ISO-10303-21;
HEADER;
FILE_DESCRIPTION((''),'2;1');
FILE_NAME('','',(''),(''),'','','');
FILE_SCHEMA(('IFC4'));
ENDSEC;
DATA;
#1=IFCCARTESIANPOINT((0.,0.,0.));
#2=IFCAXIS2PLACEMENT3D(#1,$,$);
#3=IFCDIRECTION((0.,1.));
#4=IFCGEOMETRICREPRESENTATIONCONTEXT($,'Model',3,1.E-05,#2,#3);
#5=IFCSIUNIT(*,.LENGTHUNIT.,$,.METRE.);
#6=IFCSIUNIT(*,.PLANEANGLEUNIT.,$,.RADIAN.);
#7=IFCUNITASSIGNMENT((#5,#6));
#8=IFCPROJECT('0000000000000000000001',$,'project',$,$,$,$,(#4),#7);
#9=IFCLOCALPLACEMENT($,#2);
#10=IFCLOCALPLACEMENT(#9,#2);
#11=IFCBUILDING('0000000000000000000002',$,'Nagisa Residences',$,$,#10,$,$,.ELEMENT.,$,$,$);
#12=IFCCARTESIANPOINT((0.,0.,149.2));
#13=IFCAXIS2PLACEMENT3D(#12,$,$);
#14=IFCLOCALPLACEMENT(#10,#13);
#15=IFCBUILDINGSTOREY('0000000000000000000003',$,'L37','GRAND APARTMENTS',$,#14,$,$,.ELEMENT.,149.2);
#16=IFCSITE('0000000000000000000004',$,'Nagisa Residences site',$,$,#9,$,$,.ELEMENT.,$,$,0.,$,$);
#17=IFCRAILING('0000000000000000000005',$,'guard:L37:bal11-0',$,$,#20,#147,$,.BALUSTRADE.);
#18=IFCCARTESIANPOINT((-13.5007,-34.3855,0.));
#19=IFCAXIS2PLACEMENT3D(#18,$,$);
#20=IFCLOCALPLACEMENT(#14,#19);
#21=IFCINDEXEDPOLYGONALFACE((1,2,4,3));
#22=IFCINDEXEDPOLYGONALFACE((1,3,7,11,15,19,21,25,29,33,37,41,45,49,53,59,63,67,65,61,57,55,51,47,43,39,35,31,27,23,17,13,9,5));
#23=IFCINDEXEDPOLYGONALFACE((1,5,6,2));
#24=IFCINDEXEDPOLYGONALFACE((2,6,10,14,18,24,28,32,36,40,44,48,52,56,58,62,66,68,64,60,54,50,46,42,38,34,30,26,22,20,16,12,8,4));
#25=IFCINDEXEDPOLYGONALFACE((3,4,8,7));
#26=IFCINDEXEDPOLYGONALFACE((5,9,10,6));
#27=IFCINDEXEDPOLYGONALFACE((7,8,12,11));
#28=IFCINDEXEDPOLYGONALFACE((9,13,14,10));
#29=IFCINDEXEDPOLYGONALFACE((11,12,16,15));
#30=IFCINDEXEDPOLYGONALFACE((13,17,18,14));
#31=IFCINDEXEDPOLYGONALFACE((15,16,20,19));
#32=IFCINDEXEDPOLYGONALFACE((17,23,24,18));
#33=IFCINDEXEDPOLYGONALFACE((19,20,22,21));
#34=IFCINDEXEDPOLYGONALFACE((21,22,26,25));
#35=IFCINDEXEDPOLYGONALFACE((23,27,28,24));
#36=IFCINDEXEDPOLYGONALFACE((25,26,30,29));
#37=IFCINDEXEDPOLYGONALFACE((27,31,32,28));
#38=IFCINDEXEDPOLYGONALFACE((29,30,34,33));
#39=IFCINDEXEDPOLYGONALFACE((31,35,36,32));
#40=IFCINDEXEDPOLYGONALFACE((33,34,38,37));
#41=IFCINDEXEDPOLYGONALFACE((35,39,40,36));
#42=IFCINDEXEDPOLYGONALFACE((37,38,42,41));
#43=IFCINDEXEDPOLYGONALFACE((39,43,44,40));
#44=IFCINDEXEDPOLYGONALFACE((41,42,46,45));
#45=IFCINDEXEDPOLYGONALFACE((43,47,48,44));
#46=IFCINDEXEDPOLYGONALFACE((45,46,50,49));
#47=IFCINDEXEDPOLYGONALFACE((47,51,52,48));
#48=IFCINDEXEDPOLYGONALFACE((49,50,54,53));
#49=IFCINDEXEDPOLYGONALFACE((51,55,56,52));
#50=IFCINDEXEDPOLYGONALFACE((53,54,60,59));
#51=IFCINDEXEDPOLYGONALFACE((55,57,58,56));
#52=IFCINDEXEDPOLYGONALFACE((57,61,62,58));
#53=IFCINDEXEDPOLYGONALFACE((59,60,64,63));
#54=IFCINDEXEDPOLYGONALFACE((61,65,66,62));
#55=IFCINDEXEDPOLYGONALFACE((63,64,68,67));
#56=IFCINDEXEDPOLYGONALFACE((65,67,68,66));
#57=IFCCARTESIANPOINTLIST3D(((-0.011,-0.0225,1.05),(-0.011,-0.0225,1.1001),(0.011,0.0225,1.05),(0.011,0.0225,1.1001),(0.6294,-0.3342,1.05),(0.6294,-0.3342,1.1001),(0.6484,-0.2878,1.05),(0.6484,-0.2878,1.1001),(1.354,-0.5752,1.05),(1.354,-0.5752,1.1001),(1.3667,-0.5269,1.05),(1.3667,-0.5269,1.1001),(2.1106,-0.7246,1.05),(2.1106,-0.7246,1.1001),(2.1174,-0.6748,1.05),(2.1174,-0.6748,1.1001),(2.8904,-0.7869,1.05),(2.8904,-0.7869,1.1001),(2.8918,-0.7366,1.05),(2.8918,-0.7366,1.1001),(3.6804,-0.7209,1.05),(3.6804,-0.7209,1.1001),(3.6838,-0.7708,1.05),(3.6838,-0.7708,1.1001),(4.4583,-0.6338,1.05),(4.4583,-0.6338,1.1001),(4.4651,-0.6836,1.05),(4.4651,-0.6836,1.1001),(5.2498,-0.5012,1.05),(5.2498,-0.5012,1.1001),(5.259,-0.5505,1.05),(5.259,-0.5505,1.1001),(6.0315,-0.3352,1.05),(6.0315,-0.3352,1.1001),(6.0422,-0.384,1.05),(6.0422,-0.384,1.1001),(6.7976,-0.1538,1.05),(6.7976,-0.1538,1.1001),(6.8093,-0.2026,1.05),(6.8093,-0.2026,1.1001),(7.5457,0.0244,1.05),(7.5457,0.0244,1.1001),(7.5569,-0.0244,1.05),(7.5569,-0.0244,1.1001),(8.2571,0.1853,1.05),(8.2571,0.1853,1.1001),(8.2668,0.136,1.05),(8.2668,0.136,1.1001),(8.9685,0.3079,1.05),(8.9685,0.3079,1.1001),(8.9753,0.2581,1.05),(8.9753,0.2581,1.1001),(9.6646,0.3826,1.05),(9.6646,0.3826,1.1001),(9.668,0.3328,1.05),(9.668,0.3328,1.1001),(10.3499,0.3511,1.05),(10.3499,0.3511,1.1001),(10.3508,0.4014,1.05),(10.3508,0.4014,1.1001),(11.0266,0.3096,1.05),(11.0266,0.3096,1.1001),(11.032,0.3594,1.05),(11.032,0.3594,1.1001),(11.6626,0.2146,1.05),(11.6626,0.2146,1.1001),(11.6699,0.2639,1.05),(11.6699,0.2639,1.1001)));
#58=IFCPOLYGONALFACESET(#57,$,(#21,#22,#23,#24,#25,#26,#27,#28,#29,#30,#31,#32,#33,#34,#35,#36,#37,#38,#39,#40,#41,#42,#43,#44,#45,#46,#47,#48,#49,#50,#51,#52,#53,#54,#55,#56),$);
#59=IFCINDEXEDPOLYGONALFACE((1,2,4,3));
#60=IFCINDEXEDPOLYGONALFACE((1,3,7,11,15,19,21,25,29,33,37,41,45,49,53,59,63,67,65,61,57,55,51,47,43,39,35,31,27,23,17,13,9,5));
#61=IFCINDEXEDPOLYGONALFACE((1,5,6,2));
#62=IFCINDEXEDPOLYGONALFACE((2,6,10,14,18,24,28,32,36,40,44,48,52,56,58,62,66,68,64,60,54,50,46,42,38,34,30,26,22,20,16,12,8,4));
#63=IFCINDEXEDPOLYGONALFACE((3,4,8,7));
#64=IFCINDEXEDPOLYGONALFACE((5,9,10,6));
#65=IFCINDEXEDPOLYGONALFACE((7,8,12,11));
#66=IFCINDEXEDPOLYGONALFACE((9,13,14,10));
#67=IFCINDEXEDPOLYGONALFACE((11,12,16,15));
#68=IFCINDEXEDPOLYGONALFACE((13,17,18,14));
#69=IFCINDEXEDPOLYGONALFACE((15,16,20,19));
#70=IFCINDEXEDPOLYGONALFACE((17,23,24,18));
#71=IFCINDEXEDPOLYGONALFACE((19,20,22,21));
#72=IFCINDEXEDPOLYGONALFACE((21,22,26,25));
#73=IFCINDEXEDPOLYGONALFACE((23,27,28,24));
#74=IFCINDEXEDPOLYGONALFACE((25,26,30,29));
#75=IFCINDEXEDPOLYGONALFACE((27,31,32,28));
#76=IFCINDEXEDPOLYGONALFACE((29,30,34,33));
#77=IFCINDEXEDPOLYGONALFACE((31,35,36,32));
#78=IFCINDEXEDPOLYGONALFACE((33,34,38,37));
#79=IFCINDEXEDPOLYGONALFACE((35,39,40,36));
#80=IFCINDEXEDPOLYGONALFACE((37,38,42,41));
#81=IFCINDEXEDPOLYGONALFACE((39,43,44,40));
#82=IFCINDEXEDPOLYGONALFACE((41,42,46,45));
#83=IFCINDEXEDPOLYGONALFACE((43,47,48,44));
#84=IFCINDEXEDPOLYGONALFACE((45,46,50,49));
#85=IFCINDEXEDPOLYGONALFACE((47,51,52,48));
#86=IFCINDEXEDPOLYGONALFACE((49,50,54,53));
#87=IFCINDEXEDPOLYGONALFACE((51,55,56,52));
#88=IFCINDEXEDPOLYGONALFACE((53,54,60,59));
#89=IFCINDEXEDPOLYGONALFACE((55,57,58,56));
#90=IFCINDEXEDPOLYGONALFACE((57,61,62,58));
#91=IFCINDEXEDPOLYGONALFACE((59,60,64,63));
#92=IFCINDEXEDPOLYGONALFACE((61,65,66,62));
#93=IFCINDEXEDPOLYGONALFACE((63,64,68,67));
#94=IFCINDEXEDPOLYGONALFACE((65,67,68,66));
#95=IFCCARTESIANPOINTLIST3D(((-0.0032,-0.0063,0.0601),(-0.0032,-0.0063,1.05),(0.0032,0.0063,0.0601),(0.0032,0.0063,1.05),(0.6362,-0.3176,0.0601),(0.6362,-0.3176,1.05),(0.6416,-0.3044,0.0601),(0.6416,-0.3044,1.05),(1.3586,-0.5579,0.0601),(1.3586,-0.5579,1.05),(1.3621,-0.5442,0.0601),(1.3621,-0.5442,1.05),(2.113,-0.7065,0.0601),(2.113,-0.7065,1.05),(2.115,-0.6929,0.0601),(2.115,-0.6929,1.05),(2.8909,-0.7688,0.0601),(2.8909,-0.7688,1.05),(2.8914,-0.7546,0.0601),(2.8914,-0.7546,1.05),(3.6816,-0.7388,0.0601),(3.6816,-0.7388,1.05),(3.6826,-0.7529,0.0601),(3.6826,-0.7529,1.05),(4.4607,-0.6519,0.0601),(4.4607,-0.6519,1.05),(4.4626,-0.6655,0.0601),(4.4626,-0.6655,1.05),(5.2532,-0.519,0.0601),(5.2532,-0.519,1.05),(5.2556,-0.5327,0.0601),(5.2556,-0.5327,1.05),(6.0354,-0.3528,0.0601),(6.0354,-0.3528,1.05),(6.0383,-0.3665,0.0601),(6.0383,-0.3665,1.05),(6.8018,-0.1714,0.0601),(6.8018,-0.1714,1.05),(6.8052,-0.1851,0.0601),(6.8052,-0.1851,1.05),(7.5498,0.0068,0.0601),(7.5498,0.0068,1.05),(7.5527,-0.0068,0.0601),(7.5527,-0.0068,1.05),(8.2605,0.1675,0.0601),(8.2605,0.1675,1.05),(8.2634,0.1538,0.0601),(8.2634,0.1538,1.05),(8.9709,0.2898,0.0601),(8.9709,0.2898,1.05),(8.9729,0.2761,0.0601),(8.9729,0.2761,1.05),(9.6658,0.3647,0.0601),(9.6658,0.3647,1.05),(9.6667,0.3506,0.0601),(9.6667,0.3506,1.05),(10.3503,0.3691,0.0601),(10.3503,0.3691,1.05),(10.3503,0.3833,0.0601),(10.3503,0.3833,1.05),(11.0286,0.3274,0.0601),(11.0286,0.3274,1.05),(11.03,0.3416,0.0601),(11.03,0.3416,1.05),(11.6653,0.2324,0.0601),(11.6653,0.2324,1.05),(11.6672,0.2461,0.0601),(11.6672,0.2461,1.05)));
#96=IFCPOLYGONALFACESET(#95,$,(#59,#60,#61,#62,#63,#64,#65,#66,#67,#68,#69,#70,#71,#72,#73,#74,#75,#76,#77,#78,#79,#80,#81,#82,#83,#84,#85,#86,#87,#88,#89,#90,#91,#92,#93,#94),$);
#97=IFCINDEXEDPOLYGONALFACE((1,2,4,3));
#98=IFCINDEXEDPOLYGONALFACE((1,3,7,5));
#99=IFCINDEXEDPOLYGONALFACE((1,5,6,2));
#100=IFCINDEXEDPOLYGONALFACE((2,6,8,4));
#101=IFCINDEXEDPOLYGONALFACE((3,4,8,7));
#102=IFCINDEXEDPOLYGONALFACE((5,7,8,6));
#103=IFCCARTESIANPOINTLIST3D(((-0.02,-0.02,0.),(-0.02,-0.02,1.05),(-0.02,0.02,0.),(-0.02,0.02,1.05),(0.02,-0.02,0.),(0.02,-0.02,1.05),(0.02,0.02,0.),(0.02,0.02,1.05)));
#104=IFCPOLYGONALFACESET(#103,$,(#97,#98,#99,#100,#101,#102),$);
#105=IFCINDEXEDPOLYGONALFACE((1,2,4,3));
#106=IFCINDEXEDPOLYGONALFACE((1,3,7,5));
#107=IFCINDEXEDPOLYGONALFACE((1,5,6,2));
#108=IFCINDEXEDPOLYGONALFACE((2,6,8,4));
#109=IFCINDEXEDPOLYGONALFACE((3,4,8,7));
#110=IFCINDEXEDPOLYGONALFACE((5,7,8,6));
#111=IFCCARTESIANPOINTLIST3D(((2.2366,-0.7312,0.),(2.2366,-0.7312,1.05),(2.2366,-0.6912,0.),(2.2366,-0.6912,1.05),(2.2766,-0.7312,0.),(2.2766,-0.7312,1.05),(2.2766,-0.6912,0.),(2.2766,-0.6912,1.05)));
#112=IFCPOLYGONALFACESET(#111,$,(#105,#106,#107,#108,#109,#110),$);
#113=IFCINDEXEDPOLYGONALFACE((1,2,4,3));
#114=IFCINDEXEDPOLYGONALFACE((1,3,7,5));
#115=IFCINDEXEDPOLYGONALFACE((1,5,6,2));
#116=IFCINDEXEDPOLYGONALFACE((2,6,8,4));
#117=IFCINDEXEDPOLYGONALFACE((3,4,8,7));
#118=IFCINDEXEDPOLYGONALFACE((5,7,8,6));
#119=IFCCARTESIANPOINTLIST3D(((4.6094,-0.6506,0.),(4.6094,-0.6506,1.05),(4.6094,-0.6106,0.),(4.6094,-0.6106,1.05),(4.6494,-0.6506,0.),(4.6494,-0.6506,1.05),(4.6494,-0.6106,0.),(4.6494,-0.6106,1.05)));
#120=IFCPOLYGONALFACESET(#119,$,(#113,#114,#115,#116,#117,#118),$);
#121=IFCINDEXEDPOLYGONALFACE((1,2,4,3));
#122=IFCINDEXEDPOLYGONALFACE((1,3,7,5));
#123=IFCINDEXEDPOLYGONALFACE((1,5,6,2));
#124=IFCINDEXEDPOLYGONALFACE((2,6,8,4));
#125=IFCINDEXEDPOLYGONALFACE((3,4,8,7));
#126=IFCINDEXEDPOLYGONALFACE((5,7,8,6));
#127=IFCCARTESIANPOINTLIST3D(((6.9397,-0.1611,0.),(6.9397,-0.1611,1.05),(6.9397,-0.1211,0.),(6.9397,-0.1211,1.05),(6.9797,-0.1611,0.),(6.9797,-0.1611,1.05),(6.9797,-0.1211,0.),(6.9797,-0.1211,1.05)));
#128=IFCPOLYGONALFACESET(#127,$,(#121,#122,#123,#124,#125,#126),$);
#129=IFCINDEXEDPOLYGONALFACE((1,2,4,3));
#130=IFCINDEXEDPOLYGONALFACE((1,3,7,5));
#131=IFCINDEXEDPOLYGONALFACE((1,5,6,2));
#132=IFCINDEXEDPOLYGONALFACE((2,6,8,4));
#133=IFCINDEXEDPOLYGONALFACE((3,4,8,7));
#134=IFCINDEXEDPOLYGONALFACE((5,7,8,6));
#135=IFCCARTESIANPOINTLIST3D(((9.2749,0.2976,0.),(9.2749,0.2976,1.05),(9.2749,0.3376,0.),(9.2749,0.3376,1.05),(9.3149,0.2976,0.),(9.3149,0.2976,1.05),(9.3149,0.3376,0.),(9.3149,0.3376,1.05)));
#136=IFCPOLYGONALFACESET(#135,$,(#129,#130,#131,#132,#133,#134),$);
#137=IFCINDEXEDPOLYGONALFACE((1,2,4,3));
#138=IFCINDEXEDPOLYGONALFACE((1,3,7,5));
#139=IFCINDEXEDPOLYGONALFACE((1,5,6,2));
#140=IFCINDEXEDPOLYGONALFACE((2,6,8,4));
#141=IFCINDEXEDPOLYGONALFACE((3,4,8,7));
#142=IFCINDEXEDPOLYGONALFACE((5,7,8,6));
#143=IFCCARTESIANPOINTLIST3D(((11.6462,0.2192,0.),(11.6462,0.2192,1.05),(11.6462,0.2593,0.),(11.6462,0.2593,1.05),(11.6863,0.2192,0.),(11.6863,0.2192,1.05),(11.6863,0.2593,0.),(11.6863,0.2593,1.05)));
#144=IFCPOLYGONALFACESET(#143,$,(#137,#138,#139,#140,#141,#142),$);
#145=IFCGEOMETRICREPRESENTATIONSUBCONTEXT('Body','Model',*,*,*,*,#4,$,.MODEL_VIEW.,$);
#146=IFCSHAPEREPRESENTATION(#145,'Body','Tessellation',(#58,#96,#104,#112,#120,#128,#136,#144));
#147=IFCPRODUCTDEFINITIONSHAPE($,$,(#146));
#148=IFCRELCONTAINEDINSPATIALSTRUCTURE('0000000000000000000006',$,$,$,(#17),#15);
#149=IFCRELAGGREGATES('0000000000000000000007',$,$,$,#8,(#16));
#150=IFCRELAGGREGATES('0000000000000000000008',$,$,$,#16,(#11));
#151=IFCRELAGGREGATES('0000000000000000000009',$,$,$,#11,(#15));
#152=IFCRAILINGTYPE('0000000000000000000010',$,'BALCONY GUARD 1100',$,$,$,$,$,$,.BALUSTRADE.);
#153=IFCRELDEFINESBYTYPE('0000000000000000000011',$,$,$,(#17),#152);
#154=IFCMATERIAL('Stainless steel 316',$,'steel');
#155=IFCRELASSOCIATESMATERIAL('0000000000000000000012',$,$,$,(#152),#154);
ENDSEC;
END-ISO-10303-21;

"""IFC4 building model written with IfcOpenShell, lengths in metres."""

from ifc_helpers import new_model, si_unit, direction, frame, origin, origin_2d, place, context, subcontext, project, spatial, polyline, rectangle, outline, extrude, material, type_object, element, save


model = new_model("IFC4")

# Units and contexts
model_context = context("Model", 3, precision=1e-05, world=origin(), true_north=direction((0.0, 1.0)))
body_context = subcontext(model_context, "Body", "Model", "MODEL_VIEW")
ifc_project = project(units=[si_unit("LENGTHUNIT", "METRE"), si_unit("PLANEANGLEUNIT", "RADIAN")], contexts=[model_context])

# Site, building, storey
site_placement = place(None, origin())
site = spatial("IfcSite", under=ifc_project, at=site_placement, Name="Nagisa Residences site", CompositionType="ELEMENT", RefElevation=0.0)
building_placement = place(site_placement, origin())
building = spatial("IfcBuilding", under=site, at=building_placement, Name="Nagisa Residences", CompositionType="ELEMENT")
storey_placement = place(building_placement, frame((0.0, 0.0, 149.2)))
storey = spatial("IfcBuildingStorey", under=building, at=storey_placement, Name="L37", Description="GRAND APARTMENTS", CompositionType="ELEMENT", Elevation=149.2)

# Railing
ifc_material_1 = material(Name="Stainless steel 316", Category="steel")
railing_type = type_object("IfcRailingType", Name="BALCONY GUARD 1100", PredefinedType="BALUSTRADE", material=ifc_material_1)
railing_1_placement = place(storey_placement, frame((-13.5007, -34.3855, 0.0)))
element("IfcRailing", 1, at=railing_1_placement, inside=storey, type_object=railing_type, Name="guard:L37:bal11-0", PredefinedType="BALUSTRADE", context=body_context, shape_type="SweptSolid", body=[
    extrude(outline(polyline([(0.6484, -0.2878), (0.011, 0.0225), (-0.011, -0.0225), (0.6294, -0.3342), (1.354, -0.5752), (2.1106, -0.7246), (2.8904, -0.7869), (3.6838, -0.7708), (4.4651, -0.6836), (5.259, -0.5505), (6.0422, -0.384), (6.8093, -0.2026), (7.5569, -0.0244), (8.2668, 0.136), (8.9753, 0.2581), (9.668, 0.3328), (10.3499, 0.3511), (11.0266, 0.3096), (11.6626, 0.2146), (11.6699, 0.2639), (11.032, 0.3594), (10.3508, 0.4014), (9.6646, 0.3826), (8.9685, 0.3079), (8.2571, 0.1853), (7.5457, 0.0244), (6.7976, -0.1538), (6.0315, -0.3352), (5.2498, -0.5012), (4.4583, -0.6338), (3.6804, -0.7209), (2.8918, -0.7366), (2.1174, -0.6748), (1.3667, -0.5269), (0.6484, -0.2878)])), frame((0.0, 0.0, 1.05)), (0.0, 0.0, 1.0), 0.05),
    extrude(outline(polyline([(0.6416, -0.3044), (0.0032, 0.0063), (-0.0032, -0.0063), (0.6362, -0.3176), (1.3586, -0.5579), (2.113, -0.7065), (2.8909, -0.7688), (3.6826, -0.7529), (4.4626, -0.6655), (5.2556, -0.5327), (6.0383, -0.3665), (6.8052, -0.1851), (7.5527, -0.0068), (8.2634, 0.1538), (8.9729, 0.2761), (9.6667, 0.3506), (10.3503, 0.3691), (11.0286, 0.3274), (11.6653, 0.2324), (11.6672, 0.2461), (11.03, 0.3416), (10.3503, 0.3833), (9.6658, 0.3647), (8.9709, 0.2898), (8.2605, 0.1675), (7.5498, 0.0068), (6.8018, -0.1714), (6.0354, -0.3528), (5.2532, -0.519), (4.4607, -0.6519), (3.6816, -0.7388), (2.8914, -0.7546), (2.115, -0.6929), (1.3621, -0.5442), (0.6416, -0.3044)])), frame((0.0, 0.0, 0.0601)), (0.0, 0.0, 1.0), 0.99),
    extrude(rectangle(XDim=0.04, YDim=0.04, at=origin_2d()), origin(), (0.0, 0.0, 1.0), 1.05),
    extrude(rectangle(XDim=0.04, YDim=0.04, at=origin_2d()), frame((2.2566, -0.7112, 0.0)), (0.0, 0.0, 1.0), 1.05),
    extrude(rectangle(XDim=0.04, YDim=0.04, at=origin_2d()), frame((4.6294, -0.6306, 0.0)), (0.0, 0.0, 1.0), 1.05),
    extrude(rectangle(XDim=0.04, YDim=0.04, at=origin_2d()), frame((6.9597, -0.1411, 0.0)), (0.0, 0.0, 1.0), 1.05),
    extrude(rectangle(XDim=0.04, YDim=0.04, at=origin_2d()), frame((9.2949, 0.3176, 0.0)), (0.0, 0.0, 1.0), 1.05),
    extrude(rectangle(XDim=0.04, YDim=0.04, at=origin_2d()), frame((11.6663, 0.2393, 0.0)), (0.0, 0.0, 1.0), 1.05),
])

save(model, "model.ifc")
